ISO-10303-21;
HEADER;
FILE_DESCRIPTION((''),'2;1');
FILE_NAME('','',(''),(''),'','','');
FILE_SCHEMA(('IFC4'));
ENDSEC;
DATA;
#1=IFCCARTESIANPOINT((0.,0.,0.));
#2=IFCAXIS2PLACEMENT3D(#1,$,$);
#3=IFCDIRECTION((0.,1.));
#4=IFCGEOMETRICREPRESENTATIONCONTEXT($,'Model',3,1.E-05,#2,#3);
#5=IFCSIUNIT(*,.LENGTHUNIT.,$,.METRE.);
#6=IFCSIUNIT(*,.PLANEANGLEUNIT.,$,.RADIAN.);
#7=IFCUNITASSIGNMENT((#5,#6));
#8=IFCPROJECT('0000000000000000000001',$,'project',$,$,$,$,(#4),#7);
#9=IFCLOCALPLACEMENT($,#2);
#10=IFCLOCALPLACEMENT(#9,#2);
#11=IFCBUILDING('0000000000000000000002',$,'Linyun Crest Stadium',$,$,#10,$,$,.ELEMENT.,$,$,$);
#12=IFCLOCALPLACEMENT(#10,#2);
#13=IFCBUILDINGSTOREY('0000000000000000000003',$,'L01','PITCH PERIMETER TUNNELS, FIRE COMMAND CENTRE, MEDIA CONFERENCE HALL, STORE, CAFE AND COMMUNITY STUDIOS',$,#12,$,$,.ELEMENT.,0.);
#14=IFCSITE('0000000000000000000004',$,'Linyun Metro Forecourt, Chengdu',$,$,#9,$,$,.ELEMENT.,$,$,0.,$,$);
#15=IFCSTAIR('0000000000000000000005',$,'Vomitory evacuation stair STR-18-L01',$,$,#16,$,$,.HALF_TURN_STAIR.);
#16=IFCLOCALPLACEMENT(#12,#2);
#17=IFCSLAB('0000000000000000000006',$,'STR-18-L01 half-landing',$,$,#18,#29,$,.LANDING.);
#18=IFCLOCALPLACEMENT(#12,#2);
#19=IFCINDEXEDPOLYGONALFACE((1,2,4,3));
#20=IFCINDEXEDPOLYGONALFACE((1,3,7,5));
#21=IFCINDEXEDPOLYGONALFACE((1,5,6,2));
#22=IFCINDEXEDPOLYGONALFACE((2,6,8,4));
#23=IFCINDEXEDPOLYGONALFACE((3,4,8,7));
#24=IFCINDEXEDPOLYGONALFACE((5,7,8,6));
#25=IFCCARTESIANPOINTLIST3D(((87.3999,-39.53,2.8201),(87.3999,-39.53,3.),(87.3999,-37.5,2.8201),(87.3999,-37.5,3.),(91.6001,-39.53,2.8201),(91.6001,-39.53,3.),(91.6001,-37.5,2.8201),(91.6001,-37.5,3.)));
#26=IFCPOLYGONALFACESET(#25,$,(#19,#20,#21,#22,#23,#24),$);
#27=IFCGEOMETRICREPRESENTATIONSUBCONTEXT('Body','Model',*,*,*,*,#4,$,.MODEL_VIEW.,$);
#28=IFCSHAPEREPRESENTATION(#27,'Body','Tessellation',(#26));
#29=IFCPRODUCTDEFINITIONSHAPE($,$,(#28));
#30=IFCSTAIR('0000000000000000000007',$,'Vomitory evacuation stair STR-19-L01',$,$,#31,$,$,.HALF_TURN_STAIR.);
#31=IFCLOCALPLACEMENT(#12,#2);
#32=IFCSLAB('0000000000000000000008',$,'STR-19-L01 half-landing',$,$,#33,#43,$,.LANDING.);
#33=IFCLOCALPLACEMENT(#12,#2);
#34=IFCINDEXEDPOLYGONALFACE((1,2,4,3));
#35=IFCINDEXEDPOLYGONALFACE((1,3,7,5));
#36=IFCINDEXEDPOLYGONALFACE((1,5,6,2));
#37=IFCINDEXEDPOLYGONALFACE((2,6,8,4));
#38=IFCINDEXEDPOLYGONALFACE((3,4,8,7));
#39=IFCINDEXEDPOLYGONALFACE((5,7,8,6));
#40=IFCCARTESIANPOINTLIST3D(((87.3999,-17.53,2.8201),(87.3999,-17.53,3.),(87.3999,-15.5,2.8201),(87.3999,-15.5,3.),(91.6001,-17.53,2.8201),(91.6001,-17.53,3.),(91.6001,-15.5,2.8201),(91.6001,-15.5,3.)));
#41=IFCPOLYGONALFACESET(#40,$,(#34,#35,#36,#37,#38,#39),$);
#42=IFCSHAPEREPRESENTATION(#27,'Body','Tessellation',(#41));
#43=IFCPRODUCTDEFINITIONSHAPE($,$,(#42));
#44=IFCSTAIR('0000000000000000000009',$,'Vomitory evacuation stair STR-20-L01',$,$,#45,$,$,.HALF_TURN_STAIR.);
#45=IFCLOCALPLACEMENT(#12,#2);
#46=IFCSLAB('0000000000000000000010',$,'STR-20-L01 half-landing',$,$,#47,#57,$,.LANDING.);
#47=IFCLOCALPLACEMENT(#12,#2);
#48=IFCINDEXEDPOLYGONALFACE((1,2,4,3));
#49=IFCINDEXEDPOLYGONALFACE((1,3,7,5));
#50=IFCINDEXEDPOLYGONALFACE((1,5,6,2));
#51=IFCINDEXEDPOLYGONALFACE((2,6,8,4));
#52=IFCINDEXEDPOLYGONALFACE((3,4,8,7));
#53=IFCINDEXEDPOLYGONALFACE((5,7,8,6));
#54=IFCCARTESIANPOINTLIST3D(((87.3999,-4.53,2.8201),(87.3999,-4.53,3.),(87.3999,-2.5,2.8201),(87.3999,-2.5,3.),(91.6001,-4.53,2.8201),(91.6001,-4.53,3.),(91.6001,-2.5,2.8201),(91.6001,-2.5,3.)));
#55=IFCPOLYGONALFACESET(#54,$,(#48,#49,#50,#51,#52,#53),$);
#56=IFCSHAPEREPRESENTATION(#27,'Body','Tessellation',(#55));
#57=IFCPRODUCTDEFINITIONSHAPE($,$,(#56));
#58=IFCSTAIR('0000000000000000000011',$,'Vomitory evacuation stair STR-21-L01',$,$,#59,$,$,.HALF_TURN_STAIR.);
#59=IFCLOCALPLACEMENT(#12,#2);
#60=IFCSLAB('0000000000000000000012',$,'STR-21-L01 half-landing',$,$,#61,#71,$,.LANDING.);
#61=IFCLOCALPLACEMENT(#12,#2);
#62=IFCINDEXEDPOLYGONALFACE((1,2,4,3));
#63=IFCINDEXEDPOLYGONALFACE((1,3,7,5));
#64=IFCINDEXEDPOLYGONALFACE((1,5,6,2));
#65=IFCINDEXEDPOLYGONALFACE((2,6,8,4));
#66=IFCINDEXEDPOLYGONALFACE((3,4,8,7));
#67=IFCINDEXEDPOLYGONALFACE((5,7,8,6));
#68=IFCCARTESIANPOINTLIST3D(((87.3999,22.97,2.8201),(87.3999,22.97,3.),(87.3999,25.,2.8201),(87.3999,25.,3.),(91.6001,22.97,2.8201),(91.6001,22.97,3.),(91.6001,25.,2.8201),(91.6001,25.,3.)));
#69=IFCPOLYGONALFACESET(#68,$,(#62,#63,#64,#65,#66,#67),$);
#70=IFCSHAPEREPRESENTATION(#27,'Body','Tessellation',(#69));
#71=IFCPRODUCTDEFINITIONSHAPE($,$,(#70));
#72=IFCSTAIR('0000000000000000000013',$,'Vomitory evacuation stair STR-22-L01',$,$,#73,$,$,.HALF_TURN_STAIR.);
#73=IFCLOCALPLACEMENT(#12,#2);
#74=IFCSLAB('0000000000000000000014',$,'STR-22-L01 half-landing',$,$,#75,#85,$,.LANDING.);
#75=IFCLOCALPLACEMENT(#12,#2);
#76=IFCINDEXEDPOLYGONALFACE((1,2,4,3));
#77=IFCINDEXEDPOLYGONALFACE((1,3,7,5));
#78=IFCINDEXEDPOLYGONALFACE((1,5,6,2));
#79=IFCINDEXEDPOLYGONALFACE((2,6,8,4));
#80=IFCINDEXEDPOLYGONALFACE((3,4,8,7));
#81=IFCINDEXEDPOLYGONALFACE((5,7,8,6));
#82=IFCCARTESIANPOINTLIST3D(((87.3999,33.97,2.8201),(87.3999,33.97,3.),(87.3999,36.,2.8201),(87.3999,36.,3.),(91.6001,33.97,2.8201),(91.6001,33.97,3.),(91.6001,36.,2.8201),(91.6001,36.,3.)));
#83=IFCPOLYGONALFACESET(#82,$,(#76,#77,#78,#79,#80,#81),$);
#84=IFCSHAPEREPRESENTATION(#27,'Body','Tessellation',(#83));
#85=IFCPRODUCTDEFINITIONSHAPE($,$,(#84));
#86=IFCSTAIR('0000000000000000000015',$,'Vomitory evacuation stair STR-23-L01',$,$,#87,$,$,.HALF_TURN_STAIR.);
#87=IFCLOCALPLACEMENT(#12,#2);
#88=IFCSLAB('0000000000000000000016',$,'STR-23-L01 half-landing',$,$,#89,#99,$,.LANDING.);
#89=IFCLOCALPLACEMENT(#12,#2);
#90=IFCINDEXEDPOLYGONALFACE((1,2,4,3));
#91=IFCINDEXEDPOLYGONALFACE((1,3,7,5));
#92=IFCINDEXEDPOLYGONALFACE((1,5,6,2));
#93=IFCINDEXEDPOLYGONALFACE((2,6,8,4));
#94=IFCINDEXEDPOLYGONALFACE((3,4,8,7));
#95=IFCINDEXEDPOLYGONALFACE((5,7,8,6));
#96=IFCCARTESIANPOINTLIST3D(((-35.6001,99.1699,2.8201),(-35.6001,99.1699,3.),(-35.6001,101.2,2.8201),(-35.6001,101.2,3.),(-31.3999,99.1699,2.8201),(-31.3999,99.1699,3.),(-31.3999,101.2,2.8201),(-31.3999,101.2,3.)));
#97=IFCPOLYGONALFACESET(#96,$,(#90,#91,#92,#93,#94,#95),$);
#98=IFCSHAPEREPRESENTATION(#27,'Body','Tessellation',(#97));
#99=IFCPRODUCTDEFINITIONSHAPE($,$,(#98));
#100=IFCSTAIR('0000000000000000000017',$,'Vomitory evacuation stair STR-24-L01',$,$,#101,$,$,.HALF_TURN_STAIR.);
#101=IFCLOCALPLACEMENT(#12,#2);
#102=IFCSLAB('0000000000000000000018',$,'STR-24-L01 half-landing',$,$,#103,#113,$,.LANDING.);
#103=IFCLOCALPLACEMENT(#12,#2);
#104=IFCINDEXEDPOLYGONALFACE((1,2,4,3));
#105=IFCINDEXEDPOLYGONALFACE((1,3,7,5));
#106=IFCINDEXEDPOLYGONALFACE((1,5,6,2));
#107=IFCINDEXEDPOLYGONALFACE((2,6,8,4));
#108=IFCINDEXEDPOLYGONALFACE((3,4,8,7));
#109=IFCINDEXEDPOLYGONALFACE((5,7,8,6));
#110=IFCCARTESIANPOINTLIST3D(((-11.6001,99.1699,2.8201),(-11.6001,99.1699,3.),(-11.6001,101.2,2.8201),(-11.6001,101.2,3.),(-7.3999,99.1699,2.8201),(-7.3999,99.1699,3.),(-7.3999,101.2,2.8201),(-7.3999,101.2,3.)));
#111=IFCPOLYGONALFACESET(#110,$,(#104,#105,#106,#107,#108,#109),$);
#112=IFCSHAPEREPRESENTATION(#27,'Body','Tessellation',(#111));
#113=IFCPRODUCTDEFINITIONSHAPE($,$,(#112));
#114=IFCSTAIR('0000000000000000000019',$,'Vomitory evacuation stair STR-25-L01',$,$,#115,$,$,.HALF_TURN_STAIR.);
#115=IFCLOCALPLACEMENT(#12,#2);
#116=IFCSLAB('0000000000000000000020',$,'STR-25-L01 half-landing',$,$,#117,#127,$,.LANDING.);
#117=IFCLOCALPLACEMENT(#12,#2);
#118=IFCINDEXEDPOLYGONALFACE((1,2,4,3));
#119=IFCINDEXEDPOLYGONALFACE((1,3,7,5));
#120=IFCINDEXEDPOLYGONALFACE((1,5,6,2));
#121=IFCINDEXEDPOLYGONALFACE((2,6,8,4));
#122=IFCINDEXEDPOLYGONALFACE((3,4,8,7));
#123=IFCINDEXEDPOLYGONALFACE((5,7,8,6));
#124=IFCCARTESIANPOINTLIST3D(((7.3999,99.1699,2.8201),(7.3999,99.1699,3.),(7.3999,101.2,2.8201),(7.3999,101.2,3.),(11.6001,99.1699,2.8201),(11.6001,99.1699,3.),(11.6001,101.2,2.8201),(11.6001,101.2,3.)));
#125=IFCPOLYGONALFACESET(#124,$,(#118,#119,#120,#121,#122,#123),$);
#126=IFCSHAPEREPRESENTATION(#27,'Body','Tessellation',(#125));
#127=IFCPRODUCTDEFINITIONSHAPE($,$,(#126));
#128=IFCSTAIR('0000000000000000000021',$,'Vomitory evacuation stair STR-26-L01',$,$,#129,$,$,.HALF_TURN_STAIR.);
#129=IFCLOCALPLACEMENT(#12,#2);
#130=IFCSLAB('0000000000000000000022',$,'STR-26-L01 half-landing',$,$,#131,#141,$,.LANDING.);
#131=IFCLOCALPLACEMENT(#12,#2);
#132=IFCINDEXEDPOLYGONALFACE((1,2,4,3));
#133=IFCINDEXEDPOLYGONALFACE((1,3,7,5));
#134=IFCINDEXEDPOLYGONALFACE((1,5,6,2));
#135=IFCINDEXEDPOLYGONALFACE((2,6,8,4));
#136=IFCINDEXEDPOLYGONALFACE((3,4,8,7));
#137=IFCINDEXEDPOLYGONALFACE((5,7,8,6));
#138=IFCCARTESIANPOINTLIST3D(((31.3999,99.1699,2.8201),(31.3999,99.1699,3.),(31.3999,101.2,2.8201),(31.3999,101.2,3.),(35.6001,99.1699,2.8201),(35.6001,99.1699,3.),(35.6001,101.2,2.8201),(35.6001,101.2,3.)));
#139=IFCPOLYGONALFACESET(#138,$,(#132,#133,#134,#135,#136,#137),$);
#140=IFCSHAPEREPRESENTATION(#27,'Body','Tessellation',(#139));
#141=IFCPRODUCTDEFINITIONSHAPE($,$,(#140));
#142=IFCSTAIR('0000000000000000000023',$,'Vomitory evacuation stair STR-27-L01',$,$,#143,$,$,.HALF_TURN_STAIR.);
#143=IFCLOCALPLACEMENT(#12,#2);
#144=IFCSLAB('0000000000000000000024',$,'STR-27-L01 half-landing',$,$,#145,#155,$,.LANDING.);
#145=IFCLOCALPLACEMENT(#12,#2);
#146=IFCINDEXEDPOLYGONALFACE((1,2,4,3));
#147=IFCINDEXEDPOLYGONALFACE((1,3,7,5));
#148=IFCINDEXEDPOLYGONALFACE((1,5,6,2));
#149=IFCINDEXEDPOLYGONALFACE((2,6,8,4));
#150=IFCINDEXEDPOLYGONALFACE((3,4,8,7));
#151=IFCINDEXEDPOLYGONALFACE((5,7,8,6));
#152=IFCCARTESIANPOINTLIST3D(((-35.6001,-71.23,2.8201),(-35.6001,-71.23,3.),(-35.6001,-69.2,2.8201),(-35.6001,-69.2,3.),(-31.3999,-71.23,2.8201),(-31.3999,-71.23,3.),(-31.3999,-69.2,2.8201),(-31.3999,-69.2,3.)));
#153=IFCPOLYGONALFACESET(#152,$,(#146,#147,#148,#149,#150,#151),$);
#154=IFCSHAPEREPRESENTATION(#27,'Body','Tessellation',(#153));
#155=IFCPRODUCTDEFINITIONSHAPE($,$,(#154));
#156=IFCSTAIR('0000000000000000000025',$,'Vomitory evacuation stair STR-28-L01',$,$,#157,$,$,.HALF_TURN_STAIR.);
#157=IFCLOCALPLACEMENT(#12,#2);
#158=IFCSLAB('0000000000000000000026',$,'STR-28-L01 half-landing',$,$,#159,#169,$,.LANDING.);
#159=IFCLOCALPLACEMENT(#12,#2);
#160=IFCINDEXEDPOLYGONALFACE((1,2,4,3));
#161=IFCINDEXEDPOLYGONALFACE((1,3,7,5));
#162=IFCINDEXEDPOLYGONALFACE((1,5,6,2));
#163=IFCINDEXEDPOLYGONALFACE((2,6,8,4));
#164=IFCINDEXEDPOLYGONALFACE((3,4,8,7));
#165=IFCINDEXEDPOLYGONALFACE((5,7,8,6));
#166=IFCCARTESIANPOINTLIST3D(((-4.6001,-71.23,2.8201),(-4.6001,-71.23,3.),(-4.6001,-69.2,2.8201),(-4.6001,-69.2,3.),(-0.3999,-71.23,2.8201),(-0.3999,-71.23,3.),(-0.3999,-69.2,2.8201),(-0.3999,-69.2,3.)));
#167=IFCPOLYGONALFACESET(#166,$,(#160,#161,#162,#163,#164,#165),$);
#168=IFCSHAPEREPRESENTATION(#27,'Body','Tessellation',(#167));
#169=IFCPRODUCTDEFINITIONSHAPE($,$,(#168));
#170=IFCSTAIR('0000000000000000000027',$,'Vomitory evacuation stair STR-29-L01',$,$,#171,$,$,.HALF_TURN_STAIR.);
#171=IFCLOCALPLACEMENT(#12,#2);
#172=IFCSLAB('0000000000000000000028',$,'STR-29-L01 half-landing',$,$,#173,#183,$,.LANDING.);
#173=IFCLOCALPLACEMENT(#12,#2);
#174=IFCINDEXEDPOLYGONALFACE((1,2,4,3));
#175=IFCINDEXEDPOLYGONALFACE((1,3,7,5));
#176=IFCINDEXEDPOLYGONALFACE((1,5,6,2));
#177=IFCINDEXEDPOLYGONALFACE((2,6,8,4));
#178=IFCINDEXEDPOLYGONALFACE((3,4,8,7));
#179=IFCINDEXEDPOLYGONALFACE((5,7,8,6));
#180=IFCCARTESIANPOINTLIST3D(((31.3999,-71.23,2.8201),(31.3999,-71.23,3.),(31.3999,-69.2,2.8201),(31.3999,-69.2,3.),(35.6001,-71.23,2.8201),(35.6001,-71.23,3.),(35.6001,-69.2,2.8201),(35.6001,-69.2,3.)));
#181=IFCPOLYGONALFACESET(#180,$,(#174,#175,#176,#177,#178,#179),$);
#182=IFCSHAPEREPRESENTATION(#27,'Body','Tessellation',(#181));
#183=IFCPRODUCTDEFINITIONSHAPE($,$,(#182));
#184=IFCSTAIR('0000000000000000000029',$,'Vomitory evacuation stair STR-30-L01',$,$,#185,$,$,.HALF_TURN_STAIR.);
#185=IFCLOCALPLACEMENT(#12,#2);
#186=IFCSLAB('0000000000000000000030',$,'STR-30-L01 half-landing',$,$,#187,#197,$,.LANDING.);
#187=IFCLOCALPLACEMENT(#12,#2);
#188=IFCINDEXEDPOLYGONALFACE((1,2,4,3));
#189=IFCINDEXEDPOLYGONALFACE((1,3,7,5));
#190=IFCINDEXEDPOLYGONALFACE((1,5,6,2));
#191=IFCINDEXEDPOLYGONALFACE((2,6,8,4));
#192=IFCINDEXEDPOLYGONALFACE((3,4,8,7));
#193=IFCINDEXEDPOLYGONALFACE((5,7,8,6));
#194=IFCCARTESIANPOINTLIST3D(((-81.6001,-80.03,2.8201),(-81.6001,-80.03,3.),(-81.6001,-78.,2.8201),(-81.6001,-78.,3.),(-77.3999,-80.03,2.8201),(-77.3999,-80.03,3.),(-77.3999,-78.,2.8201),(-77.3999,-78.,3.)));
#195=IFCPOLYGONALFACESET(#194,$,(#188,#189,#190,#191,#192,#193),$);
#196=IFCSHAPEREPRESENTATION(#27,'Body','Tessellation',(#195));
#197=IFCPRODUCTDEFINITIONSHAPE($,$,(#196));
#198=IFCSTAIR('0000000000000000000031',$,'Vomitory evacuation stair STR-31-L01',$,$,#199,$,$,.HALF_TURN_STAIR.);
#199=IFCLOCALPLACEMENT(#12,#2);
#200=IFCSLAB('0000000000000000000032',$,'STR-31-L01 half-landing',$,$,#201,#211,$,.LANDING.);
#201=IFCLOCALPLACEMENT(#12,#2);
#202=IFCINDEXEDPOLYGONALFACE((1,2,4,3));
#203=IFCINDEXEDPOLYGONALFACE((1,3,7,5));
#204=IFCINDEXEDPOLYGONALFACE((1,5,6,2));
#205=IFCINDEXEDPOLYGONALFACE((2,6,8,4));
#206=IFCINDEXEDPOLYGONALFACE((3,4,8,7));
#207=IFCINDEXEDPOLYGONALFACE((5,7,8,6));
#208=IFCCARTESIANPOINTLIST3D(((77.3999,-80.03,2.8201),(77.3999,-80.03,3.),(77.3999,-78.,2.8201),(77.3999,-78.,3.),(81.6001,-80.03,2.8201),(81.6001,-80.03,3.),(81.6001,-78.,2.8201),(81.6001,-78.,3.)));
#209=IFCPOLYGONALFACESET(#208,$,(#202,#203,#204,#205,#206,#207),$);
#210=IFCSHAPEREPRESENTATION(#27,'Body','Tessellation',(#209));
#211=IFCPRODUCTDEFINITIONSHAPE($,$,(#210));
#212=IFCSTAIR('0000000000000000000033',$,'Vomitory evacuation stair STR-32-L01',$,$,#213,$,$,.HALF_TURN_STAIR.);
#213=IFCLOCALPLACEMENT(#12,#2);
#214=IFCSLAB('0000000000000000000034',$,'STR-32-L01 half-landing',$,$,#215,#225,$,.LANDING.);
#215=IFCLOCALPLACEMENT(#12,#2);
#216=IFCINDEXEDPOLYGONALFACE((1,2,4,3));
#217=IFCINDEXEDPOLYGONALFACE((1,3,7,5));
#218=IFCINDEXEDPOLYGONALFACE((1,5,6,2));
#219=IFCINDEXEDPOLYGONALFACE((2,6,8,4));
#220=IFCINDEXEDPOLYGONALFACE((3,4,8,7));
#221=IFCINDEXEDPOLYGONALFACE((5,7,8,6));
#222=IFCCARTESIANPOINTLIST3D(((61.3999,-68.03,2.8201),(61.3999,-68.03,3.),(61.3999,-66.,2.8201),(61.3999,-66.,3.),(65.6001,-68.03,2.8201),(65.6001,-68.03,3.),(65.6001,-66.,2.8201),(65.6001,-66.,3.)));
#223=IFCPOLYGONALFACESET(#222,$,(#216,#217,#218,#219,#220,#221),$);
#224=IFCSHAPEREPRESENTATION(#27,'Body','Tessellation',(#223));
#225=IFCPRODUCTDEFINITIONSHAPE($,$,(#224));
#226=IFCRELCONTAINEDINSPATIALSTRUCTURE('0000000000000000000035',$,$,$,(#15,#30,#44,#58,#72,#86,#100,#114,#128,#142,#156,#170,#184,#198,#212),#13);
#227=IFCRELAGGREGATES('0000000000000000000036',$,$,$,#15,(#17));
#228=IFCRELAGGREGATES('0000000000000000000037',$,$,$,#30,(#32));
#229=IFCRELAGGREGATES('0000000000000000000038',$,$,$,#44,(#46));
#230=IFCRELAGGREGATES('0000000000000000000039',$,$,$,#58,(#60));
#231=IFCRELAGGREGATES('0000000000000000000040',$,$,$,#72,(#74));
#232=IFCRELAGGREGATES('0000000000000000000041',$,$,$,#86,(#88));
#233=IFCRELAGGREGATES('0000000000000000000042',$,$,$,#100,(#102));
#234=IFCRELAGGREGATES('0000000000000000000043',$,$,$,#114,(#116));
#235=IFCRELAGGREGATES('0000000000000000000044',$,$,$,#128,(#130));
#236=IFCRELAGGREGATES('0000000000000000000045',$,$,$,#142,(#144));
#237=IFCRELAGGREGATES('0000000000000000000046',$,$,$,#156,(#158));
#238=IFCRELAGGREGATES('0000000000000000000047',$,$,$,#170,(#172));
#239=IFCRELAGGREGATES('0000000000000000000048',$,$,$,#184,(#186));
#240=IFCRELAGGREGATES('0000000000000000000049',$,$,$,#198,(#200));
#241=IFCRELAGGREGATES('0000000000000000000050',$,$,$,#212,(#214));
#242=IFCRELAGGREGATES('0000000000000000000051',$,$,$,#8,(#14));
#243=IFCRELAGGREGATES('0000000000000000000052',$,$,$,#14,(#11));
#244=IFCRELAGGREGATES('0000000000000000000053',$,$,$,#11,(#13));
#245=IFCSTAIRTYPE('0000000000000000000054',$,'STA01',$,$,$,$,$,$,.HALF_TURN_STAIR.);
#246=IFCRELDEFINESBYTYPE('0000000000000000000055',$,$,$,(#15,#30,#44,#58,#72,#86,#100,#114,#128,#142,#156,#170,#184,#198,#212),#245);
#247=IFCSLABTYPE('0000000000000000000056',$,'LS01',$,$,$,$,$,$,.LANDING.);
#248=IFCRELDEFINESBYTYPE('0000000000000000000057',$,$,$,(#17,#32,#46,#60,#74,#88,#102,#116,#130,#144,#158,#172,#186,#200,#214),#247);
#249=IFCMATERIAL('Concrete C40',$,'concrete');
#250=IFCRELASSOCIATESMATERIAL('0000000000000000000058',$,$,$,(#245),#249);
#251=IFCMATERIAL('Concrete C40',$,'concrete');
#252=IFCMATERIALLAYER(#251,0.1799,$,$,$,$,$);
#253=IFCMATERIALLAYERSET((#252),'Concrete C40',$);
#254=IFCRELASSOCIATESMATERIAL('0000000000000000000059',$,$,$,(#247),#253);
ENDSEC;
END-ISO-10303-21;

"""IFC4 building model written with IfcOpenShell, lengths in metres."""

from ifc_helpers import new_model, si_unit, direction, frame, origin, place, context, subcontext, project, spatial, polyline, outline, extrude, material, layer, layer_set, type_object, element, aggregate, save


model = new_model("IFC4")

# Units and contexts
model_context = context("Model", 3, precision=1e-05, world=origin(), true_north=direction((0.0, 1.0)))
body_context = subcontext(model_context, "Body", "Model", "MODEL_VIEW")
ifc_project = project(units=[si_unit("LENGTHUNIT", "METRE"), si_unit("PLANEANGLEUNIT", "RADIAN")], contexts=[model_context])

# Site, building, storey
site_placement = place(None, origin())
site = spatial("IfcSite", under=ifc_project, at=site_placement, Name="Linyun Metro Forecourt, Chengdu", CompositionType="ELEMENT", RefElevation=0.0)
building_placement = place(site_placement, origin())
building = spatial("IfcBuilding", under=site, at=building_placement, Name="Linyun Crest Stadium", CompositionType="ELEMENT")
storey_placement = place(building_placement, origin())
storey = spatial("IfcBuildingStorey", under=building, at=storey_placement, Name="L01", Description="PITCH PERIMETER TUNNELS, FIRE COMMAND CENTRE, MEDIA CONFERENCE HALL, STORE, CAFE AND COMMUNITY STUDIOS", CompositionType="ELEMENT", Elevation=0.0)

# Stairs, slabs
ifc_material_1 = material(Name="Concrete C40", Category="concrete")
stair_type = type_object("IfcStairType", Name="STA01", PredefinedType="HALF_TURN_STAIR", material=ifc_material_1)
stair_1_placement = place(storey_placement, origin())
stair_1 = element("IfcStair", 1, at=stair_1_placement, inside=storey, type_object=stair_type, Name="Vomitory evacuation stair STR-18-L01", PredefinedType="HALF_TURN_STAIR")
ifc_material_2 = material(Name="Concrete C40", Category="concrete")
ifc_layer_1 = layer(ifc_material_2, 0.1799)
ifc_layer_set_1 = layer_set([ifc_layer_1], Name="Concrete C40")
slab_type_1 = type_object("IfcSlabType", Name="LS01", PredefinedType="LANDING", material=ifc_layer_set_1)
slab_1_placement = place(storey_placement, frame((0.0, 0.0, 2.8201)))
slab_1 = element("IfcSlab", 2, at=slab_1_placement, type_object=slab_type_1, Name="STR-18-L01 half-landing", PredefinedType="LANDING", context=body_context, shape_type="SweptSolid", body=[
    extrude(outline(polyline([(87.3999, -39.53), (91.6001, -39.53), (91.6001, -37.5), (87.3999, -37.5), (87.3999, -39.53)])), origin(), (0.0, 0.0, 1.0), 0.1799),
])
aggregate(stair_1, [slab_1])
stair_2_placement = place(storey_placement, origin())
stair_2 = element("IfcStair", 3, at=stair_2_placement, inside=storey, type_object=stair_type, Name="Vomitory evacuation stair STR-19-L01", PredefinedType="HALF_TURN_STAIR")
slab_2_placement = place(storey_placement, frame((0.0, 0.0, 2.8201)))
slab_2 = element("IfcSlab", 4, at=slab_2_placement, type_object=slab_type_1, Name="STR-19-L01 half-landing", PredefinedType="LANDING", context=body_context, shape_type="SweptSolid", body=[
    extrude(outline(polyline([(87.3999, -17.53), (91.6001, -17.53), (91.6001, -15.5), (87.3999, -15.5), (87.3999, -17.53)])), origin(), (0.0, 0.0, 1.0), 0.1799),
])
aggregate(stair_2, [slab_2])
stair_3_placement = place(storey_placement, origin())
stair_3 = element("IfcStair", 5, at=stair_3_placement, inside=storey, type_object=stair_type, Name="Vomitory evacuation stair STR-20-L01", PredefinedType="HALF_TURN_STAIR")
slab_3_placement = place(storey_placement, frame((0.0, 0.0, 2.8201)))
slab_3 = element("IfcSlab", 6, at=slab_3_placement, type_object=slab_type_1, Name="STR-20-L01 half-landing", PredefinedType="LANDING", context=body_context, shape_type="SweptSolid", body=[
    extrude(outline(polyline([(87.3999, -4.53), (91.6001, -4.53), (91.6001, -2.5), (87.3999, -2.5), (87.3999, -4.53)])), origin(), (0.0, 0.0, 1.0), 0.1799),
])
aggregate(stair_3, [slab_3])
stair_4_placement = place(storey_placement, origin())
stair_4 = element("IfcStair", 7, at=stair_4_placement, inside=storey, type_object=stair_type, Name="Vomitory evacuation stair STR-21-L01", PredefinedType="HALF_TURN_STAIR")
slab_4_placement = place(storey_placement, frame((0.0, 0.0, 2.8201)))
slab_4 = element("IfcSlab", 8, at=slab_4_placement, type_object=slab_type_1, Name="STR-21-L01 half-landing", PredefinedType="LANDING", context=body_context, shape_type="SweptSolid", body=[
    extrude(outline(polyline([(87.3999, 22.97), (91.6001, 22.97), (91.6001, 25.0), (87.3999, 25.0), (87.3999, 22.97)])), origin(), (0.0, 0.0, 1.0), 0.1799),
])
aggregate(stair_4, [slab_4])
stair_5_placement = place(storey_placement, origin())
stair_5 = element("IfcStair", 9, at=stair_5_placement, inside=storey, type_object=stair_type, Name="Vomitory evacuation stair STR-22-L01", PredefinedType="HALF_TURN_STAIR")
slab_5_placement = place(storey_placement, frame((0.0, 0.0, 2.8201)))
slab_5 = element("IfcSlab", 10, at=slab_5_placement, type_object=slab_type_1, Name="STR-22-L01 half-landing", PredefinedType="LANDING", context=body_context, shape_type="SweptSolid", body=[
    extrude(outline(polyline([(87.3999, 33.97), (91.6001, 33.97), (91.6001, 36.0), (87.3999, 36.0), (87.3999, 33.97)])), origin(), (0.0, 0.0, 1.0), 0.1799),
])
aggregate(stair_5, [slab_5])
stair_6_placement = place(storey_placement, origin())
stair_6 = element("IfcStair", 11, at=stair_6_placement, inside=storey, type_object=stair_type, Name="Vomitory evacuation stair STR-23-L01", PredefinedType="HALF_TURN_STAIR")
slab_6_placement = place(storey_placement, frame((0.0, 0.0, 2.8201)))
slab_6 = element("IfcSlab", 12, at=slab_6_placement, type_object=slab_type_1, Name="STR-23-L01 half-landing", PredefinedType="LANDING", context=body_context, shape_type="SweptSolid", body=[
    extrude(outline(polyline([(-35.6001, 99.1699), (-31.3999, 99.1699), (-31.3999, 101.2), (-35.6001, 101.2), (-35.6001, 99.1699)])), origin(), (0.0, 0.0, 1.0), 0.1799),
])
aggregate(stair_6, [slab_6])
stair_7_placement = place(storey_placement, origin())
stair_7 = element("IfcStair", 13, at=stair_7_placement, inside=storey, type_object=stair_type, Name="Vomitory evacuation stair STR-24-L01", PredefinedType="HALF_TURN_STAIR")
slab_7_placement = place(storey_placement, frame((0.0, 0.0, 2.8201)))
slab_7 = element("IfcSlab", 14, at=slab_7_placement, type_object=slab_type_1, Name="STR-24-L01 half-landing", PredefinedType="LANDING", context=body_context, shape_type="SweptSolid", body=[
    extrude(outline(polyline([(-11.6001, 99.1699), (-7.3999, 99.1699), (-7.3999, 101.2), (-11.6001, 101.2), (-11.6001, 99.1699)])), origin(), (0.0, 0.0, 1.0), 0.1799),
])
aggregate(stair_7, [slab_7])
stair_8_placement = place(storey_placement, origin())
stair_8 = element("IfcStair", 15, at=stair_8_placement, inside=storey, type_object=stair_type, Name="Vomitory evacuation stair STR-25-L01", PredefinedType="HALF_TURN_STAIR")
slab_8_placement = place(storey_placement, frame((0.0, 0.0, 2.8201)))
slab_8 = element("IfcSlab", 16, at=slab_8_placement, type_object=slab_type_1, Name="STR-25-L01 half-landing", PredefinedType="LANDING", context=body_context, shape_type="SweptSolid", body=[
    extrude(outline(polyline([(7.3999, 99.1699), (11.6001, 99.1699), (11.6001, 101.2), (7.3999, 101.2), (7.3999, 99.1699)])), origin(), (0.0, 0.0, 1.0), 0.1799),
])
aggregate(stair_8, [slab_8])
stair_9_placement = place(storey_placement, origin())
stair_9 = element("IfcStair", 17, at=stair_9_placement, inside=storey, type_object=stair_type, Name="Vomitory evacuation stair STR-26-L01", PredefinedType="HALF_TURN_STAIR")
slab_9_placement = place(storey_placement, frame((0.0, 0.0, 2.8201)))
slab_9 = element("IfcSlab", 18, at=slab_9_placement, type_object=slab_type_1, Name="STR-26-L01 half-landing", PredefinedType="LANDING", context=body_context, shape_type="SweptSolid", body=[
    extrude(outline(polyline([(31.3999, 99.1699), (35.6001, 99.1699), (35.6001, 101.2), (31.3999, 101.2), (31.3999, 99.1699)])), origin(), (0.0, 0.0, 1.0), 0.1799),
])
aggregate(stair_9, [slab_9])
stair_10_placement = place(storey_placement, origin())
stair_10 = element("IfcStair", 19, at=stair_10_placement, inside=storey, type_object=stair_type, Name="Vomitory evacuation stair STR-27-L01", PredefinedType="HALF_TURN_STAIR")
slab_10_placement = place(storey_placement, frame((0.0, 0.0, 2.8201)))
slab_10 = element("IfcSlab", 20, at=slab_10_placement, type_object=slab_type_1, Name="STR-27-L01 half-landing", PredefinedType="LANDING", context=body_context, shape_type="SweptSolid", body=[
    extrude(outline(polyline([(-35.6001, -71.23), (-31.3999, -71.23), (-31.3999, -69.2), (-35.6001, -69.2), (-35.6001, -71.23)])), origin(), (0.0, 0.0, 1.0), 0.1799),
])
aggregate(stair_10, [slab_10])
stair_11_placement = place(storey_placement, origin())
stair_11 = element("IfcStair", 21, at=stair_11_placement, inside=storey, type_object=stair_type, Name="Vomitory evacuation stair STR-28-L01", PredefinedType="HALF_TURN_STAIR")
slab_11_placement = place(storey_placement, frame((0.0, 0.0, 2.8201)))
slab_11 = element("IfcSlab", 22, at=slab_11_placement, type_object=slab_type_1, Name="STR-28-L01 half-landing", PredefinedType="LANDING", context=body_context, shape_type="SweptSolid", body=[
    extrude(outline(polyline([(-4.6001, -71.23), (-0.3999, -71.23), (-0.3999, -69.2), (-4.6001, -69.2), (-4.6001, -71.23)])), origin(), (0.0, 0.0, 1.0), 0.1799),
])
aggregate(stair_11, [slab_11])
stair_12_placement = place(storey_placement, origin())
stair_12 = element("IfcStair", 23, at=stair_12_placement, inside=storey, type_object=stair_type, Name="Vomitory evacuation stair STR-29-L01", PredefinedType="HALF_TURN_STAIR")
slab_12_placement = place(storey_placement, frame((0.0, 0.0, 2.8201)))
slab_12 = element("IfcSlab", 24, at=slab_12_placement, type_object=slab_type_1, Name="STR-29-L01 half-landing", PredefinedType="LANDING", context=body_context, shape_type="SweptSolid", body=[
    extrude(outline(polyline([(31.3999, -71.23), (35.6001, -71.23), (35.6001, -69.2), (31.3999, -69.2), (31.3999, -71.23)])), origin(), (0.0, 0.0, 1.0), 0.1799),
])
aggregate(stair_12, [slab_12])
stair_13_placement = place(storey_placement, origin())
stair_13 = element("IfcStair", 25, at=stair_13_placement, inside=storey, type_object=stair_type, Name="Vomitory evacuation stair STR-30-L01", PredefinedType="HALF_TURN_STAIR")
slab_13_placement = place(storey_placement, frame((0.0, 0.0, 2.8201)))
slab_13 = element("IfcSlab", 26, at=slab_13_placement, type_object=slab_type_1, Name="STR-30-L01 half-landing", PredefinedType="LANDING", context=body_context, shape_type="SweptSolid", body=[
    extrude(outline(polyline([(-81.6001, -80.03), (-77.3999, -80.03), (-77.3999, -78.0), (-81.6001, -78.0), (-81.6001, -80.03)])), origin(), (0.0, 0.0, 1.0), 0.1799),
])
aggregate(stair_13, [slab_13])
stair_14_placement = place(storey_placement, origin())
stair_14 = element("IfcStair", 27, at=stair_14_placement, inside=storey, type_object=stair_type, Name="Vomitory evacuation stair STR-31-L01", PredefinedType="HALF_TURN_STAIR")
slab_14_placement = place(storey_placement, frame((0.0, 0.0, 2.8201)))
slab_14 = element("IfcSlab", 28, at=slab_14_placement, type_object=slab_type_1, Name="STR-31-L01 half-landing", PredefinedType="LANDING", context=body_context, shape_type="SweptSolid", body=[
    extrude(outline(polyline([(77.3999, -80.03), (81.6001, -80.03), (81.6001, -78.0), (77.3999, -78.0), (77.3999, -80.03)])), origin(), (0.0, 0.0, 1.0), 0.1799),
])
aggregate(stair_14, [slab_14])
stair_15_placement = place(storey_placement, origin())
stair_15 = element("IfcStair", 29, at=stair_15_placement, inside=storey, type_object=stair_type, Name="Vomitory evacuation stair STR-32-L01", PredefinedType="HALF_TURN_STAIR")
slab_15_placement = place(storey_placement, frame((0.0, 0.0, 2.8201)))
slab_15 = element("IfcSlab", 30, at=slab_15_placement, type_object=slab_type_1, Name="STR-32-L01 half-landing", PredefinedType="LANDING", context=body_context, shape_type="SweptSolid", body=[
    extrude(outline(polyline([(61.3999, -68.03), (65.6001, -68.03), (65.6001, -66.0), (61.3999, -66.0), (61.3999, -68.03)])), origin(), (0.0, 0.0, 1.0), 0.1799),
])
aggregate(stair_15, [slab_15])

save(model, "model.ifc")
